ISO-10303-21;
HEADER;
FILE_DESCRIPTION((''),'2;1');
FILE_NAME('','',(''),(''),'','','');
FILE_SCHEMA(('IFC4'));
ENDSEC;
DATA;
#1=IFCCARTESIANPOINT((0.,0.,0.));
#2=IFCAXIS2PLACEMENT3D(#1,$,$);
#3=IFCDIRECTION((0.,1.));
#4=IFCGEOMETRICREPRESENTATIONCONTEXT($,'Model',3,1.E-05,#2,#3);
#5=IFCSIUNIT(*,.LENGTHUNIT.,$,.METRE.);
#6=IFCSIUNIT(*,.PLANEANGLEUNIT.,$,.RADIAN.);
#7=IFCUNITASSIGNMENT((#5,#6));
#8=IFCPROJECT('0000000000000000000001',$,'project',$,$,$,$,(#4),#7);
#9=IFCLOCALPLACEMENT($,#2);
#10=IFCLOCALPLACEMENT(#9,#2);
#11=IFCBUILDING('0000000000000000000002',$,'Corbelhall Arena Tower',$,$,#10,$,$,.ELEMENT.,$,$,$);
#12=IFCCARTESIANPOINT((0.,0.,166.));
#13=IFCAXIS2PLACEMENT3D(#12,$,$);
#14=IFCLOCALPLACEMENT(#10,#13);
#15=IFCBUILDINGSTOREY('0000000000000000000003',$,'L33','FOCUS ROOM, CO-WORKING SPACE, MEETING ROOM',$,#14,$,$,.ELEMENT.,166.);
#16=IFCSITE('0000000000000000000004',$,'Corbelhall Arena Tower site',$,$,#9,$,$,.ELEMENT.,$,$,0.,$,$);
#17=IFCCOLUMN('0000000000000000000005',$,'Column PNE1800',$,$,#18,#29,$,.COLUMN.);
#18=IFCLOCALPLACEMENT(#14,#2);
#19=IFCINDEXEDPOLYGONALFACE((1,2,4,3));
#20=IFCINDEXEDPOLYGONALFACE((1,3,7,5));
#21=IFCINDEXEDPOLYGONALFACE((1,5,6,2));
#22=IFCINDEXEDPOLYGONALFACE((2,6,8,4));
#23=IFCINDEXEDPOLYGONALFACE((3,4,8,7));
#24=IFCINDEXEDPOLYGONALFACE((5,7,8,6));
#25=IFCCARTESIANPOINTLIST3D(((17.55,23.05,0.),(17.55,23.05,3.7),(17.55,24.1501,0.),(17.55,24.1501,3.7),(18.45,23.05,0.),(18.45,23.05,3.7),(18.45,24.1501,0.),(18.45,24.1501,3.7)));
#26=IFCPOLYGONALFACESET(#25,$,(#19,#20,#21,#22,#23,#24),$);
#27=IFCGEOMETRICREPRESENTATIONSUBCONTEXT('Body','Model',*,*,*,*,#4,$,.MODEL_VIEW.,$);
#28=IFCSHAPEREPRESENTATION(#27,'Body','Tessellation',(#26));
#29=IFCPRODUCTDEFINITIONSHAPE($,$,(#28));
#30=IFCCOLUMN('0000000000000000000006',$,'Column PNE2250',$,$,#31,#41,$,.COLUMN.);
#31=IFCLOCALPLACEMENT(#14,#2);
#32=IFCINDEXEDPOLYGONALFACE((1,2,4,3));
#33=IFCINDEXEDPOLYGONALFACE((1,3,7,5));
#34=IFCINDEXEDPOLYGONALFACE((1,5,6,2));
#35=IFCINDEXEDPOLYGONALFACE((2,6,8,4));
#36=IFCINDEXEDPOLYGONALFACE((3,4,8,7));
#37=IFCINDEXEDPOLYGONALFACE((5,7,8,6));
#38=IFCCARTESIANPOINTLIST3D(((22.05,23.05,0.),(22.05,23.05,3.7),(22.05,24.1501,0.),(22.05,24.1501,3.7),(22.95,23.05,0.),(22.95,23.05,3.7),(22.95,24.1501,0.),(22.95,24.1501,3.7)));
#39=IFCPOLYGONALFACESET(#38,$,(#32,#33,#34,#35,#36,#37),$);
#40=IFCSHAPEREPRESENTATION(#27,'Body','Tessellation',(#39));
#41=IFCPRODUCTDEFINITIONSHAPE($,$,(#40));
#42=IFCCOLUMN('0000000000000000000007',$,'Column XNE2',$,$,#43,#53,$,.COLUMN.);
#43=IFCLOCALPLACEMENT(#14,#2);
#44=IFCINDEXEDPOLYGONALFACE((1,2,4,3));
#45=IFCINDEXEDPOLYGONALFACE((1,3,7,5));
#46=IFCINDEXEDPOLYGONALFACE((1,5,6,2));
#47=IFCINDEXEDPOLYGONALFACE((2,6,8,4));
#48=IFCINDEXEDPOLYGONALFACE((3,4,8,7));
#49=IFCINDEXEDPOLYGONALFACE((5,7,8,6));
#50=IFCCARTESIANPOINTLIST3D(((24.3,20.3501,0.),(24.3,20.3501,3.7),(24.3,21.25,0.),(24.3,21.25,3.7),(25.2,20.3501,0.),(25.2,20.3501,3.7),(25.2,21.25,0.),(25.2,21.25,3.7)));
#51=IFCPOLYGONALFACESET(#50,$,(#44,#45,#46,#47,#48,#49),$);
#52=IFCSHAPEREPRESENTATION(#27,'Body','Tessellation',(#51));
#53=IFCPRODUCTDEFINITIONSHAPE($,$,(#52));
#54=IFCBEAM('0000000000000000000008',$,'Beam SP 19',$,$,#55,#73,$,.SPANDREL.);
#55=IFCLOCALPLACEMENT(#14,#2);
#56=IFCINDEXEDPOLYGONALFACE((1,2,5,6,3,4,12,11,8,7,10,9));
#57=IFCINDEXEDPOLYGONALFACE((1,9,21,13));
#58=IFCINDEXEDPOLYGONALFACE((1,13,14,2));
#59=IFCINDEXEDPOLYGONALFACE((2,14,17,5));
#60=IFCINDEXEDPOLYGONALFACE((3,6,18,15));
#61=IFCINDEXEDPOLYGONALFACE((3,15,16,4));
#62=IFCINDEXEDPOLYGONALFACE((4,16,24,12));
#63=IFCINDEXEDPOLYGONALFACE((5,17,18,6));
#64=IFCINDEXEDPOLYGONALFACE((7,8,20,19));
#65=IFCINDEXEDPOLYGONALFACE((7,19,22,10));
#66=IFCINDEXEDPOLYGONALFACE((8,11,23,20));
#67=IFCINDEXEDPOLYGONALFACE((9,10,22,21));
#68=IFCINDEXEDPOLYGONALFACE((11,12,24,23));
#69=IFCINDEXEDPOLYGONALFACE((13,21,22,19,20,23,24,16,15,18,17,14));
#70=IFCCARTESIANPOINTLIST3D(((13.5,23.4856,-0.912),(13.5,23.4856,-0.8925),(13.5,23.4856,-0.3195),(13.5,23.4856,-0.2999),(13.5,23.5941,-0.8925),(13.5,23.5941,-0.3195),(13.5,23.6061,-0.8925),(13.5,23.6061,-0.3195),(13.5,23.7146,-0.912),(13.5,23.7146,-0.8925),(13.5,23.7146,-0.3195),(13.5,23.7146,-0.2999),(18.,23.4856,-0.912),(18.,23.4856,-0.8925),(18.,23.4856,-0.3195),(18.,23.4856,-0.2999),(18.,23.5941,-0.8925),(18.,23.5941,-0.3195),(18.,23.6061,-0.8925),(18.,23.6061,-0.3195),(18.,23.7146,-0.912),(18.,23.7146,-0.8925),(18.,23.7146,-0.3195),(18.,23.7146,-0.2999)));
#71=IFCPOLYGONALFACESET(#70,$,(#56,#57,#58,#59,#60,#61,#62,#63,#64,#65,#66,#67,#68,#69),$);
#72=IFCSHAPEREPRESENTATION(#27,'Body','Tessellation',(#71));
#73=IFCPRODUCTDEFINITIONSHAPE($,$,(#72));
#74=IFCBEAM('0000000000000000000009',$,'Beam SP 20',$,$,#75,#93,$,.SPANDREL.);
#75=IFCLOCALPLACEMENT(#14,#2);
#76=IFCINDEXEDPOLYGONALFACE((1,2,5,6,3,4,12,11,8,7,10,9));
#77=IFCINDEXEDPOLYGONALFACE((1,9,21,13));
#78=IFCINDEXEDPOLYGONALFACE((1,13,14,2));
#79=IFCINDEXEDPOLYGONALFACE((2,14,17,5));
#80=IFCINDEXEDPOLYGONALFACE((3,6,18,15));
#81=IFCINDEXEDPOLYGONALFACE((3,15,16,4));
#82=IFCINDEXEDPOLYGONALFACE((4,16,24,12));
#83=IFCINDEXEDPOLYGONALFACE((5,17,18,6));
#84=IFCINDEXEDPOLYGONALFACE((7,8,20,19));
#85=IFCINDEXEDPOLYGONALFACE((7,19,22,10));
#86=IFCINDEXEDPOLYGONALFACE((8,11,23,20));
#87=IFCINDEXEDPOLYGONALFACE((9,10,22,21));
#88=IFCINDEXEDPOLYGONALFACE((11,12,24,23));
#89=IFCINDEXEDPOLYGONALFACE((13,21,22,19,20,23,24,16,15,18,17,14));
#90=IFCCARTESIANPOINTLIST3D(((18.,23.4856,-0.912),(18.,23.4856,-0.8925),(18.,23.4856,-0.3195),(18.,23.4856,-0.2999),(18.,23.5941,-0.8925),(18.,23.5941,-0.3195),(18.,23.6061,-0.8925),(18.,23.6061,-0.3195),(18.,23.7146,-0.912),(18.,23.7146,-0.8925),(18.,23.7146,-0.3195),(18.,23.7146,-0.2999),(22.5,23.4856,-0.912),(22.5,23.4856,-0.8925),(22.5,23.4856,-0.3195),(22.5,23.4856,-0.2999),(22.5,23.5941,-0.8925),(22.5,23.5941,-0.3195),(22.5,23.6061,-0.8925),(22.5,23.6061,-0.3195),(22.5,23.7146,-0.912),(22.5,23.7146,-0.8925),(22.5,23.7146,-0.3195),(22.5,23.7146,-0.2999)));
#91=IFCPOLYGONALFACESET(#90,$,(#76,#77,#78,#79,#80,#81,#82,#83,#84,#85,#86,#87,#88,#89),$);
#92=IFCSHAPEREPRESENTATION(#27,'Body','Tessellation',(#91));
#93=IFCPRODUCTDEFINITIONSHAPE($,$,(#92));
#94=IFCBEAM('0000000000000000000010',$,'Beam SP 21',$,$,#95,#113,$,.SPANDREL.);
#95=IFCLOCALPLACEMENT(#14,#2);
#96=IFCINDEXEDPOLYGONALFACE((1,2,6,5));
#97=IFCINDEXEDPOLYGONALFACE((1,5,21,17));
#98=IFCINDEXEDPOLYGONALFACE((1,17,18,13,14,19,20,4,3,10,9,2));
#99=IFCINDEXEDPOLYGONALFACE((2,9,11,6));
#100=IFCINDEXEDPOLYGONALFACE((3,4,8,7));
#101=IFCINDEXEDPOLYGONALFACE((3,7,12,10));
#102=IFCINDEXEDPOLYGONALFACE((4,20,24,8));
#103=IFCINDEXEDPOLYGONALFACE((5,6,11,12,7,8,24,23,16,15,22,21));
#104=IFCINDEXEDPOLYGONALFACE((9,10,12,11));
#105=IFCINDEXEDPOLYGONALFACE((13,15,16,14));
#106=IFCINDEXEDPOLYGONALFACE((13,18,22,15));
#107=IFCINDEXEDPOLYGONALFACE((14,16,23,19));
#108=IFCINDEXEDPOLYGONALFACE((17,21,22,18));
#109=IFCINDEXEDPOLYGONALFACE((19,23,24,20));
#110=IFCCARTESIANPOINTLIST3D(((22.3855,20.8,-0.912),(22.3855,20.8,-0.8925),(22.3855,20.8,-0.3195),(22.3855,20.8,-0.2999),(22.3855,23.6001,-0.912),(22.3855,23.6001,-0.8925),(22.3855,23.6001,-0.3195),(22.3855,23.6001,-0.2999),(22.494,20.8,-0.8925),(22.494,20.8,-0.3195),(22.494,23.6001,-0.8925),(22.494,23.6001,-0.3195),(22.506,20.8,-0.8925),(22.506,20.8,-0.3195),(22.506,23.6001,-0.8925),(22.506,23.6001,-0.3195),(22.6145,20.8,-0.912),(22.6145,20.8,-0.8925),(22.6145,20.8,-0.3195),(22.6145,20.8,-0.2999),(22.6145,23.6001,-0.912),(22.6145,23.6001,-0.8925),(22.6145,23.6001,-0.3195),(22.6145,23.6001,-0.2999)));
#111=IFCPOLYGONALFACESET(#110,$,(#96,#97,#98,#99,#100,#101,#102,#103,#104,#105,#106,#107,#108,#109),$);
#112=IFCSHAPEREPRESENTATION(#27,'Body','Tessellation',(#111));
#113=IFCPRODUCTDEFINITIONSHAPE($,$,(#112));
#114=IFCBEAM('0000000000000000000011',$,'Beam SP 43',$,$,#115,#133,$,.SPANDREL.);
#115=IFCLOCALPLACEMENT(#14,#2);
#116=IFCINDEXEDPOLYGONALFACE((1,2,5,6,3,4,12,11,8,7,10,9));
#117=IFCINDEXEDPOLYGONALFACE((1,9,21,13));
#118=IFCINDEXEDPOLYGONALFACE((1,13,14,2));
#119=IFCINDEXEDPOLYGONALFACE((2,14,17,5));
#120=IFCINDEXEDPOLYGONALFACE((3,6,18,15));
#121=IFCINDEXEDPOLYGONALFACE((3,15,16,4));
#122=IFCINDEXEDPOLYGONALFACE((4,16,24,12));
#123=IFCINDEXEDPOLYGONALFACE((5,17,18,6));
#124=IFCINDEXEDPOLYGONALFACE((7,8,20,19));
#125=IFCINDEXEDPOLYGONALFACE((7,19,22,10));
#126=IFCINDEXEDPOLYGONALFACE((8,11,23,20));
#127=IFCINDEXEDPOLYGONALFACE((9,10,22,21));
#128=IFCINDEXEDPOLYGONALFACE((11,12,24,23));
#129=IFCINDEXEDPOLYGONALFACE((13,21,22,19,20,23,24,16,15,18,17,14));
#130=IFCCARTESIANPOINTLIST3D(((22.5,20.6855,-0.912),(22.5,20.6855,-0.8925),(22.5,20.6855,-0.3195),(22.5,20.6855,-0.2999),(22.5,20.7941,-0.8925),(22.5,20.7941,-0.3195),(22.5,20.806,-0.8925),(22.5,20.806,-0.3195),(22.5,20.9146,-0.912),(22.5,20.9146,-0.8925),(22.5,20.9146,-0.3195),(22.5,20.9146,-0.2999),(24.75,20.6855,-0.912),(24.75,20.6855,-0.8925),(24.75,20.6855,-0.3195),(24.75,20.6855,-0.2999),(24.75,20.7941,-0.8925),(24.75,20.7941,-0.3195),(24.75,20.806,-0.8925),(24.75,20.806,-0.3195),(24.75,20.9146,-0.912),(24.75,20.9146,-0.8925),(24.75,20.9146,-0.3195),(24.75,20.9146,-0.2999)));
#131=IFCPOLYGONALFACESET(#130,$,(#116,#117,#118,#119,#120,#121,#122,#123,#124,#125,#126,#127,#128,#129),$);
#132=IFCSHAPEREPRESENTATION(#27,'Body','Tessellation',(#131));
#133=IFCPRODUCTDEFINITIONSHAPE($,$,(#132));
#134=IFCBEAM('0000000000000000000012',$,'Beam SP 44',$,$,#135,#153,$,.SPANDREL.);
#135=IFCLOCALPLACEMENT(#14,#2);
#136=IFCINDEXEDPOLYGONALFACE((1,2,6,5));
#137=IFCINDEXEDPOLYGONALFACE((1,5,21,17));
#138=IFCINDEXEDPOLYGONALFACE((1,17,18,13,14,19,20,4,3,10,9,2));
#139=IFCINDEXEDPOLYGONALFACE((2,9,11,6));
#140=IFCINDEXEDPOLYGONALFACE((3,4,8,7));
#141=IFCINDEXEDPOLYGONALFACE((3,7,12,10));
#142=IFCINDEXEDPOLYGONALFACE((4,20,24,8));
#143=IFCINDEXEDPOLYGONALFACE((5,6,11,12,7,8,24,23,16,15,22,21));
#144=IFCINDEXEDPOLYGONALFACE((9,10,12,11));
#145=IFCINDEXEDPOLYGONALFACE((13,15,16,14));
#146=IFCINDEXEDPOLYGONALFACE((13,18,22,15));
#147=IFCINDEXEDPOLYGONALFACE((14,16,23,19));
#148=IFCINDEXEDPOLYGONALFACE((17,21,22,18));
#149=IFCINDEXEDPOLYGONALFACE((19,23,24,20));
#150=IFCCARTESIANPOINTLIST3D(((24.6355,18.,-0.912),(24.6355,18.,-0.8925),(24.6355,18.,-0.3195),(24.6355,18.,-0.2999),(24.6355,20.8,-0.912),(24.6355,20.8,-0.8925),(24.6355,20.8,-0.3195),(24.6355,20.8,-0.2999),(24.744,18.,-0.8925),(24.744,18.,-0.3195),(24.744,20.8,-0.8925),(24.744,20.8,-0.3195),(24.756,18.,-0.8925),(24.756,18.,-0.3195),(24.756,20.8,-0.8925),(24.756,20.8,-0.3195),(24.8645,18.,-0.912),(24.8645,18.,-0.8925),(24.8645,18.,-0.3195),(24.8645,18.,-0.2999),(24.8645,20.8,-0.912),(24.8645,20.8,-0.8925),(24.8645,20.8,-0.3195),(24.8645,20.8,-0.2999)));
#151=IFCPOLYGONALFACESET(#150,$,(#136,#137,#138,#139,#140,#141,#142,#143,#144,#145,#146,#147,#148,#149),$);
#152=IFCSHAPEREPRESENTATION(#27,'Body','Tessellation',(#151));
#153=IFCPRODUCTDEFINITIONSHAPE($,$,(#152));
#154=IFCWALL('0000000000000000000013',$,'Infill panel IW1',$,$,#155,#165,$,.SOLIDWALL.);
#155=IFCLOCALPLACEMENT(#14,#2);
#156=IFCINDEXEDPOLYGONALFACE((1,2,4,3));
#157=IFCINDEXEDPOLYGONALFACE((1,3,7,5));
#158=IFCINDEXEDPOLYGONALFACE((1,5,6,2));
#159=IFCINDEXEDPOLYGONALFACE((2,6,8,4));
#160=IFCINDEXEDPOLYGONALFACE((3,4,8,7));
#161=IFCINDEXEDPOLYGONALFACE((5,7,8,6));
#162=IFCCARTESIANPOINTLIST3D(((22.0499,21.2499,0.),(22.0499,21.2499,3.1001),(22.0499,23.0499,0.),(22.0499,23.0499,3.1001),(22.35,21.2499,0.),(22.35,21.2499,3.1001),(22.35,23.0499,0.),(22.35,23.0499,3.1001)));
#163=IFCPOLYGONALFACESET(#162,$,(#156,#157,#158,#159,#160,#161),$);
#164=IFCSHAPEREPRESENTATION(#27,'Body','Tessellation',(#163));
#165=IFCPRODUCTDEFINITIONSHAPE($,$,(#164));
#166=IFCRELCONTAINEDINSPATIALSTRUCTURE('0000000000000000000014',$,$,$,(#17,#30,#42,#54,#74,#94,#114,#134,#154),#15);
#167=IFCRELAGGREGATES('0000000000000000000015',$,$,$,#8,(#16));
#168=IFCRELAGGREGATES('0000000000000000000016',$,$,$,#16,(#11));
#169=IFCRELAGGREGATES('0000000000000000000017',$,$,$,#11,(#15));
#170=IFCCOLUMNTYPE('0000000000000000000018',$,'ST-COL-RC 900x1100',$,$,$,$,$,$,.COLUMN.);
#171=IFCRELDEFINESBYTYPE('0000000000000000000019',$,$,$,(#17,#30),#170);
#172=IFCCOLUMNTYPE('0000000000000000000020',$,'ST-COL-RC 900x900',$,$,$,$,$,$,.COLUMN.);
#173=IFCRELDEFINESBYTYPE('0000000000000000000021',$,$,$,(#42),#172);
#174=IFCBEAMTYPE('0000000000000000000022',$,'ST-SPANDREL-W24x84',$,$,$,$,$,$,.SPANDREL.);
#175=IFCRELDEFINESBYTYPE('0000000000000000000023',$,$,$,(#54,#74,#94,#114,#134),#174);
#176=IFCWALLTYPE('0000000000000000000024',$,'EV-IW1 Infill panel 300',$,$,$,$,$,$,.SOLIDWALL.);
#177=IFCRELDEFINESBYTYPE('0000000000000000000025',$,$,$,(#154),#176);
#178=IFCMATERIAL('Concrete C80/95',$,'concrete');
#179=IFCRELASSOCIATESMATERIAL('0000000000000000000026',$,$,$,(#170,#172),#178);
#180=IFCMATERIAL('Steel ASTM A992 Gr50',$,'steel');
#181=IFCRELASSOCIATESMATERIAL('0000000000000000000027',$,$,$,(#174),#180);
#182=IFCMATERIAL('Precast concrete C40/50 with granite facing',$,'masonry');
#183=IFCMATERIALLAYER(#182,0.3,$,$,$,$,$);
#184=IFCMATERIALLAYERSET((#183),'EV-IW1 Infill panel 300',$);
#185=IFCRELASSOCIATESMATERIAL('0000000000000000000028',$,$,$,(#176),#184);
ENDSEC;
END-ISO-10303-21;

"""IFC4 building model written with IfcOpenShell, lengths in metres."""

from ifc_helpers import new_model, si_unit, direction, frame, frame_2d, origin, origin_2d, place, context, subcontext, project, spatial, rectangle, i_section, extrude, material, layer, layer_set, material_profile, profile_set, type_object, element, save


model = new_model("IFC4")

# Units and contexts
model_context = context("Model", 3, precision=1e-05, world=origin(), true_north=direction((0.0, 1.0)))
body_context = subcontext(model_context, "Body", "Model", "MODEL_VIEW")
ifc_project = project(units=[si_unit("LENGTHUNIT", "METRE"), si_unit("PLANEANGLEUNIT", "RADIAN")], contexts=[model_context])

# Site, building, storey
site_placement = place(None, origin())
site = spatial("IfcSite", under=ifc_project, at=site_placement, Name="Corbelhall Arena Tower site", CompositionType="ELEMENT", RefElevation=0.0)
building_placement = place(site_placement, origin())
building = spatial("IfcBuilding", under=site, at=building_placement, Name="Corbelhall Arena Tower", CompositionType="ELEMENT")
storey_placement = place(building_placement, frame((0.0, 0.0, 166.0)))
storey = spatial("IfcBuildingStorey", under=building, at=storey_placement, Name="L33", Description="FOCUS ROOM, CO-WORKING SPACE, MEETING ROOM", CompositionType="ELEMENT", Elevation=166.0)

# Columns
ifc_material_1 = material(Name="Concrete C80/95", Category="concrete")
ifc_material_profile_1 = material_profile(ifc_material_1, rectangle(XDim=0.8999, YDim=1.1001, at=origin_2d()))
ifc_profile_set_1 = profile_set([ifc_material_profile_1], Name="Concrete C80/95")
column_type_1 = type_object("IfcColumnType", Name="ST-COL-RC 900x1100", PredefinedType="COLUMN", material=ifc_profile_set_1)
for number, where, z_axis, x_axis, name in (
    (1, (18.0, 23.6001, 0.0), (0.0, 0.0, 1.0), (1.0, 0.0, 0.0), "Column PNE1800"),
    (2, (22.5, 23.6001, 0.0), (0.0, 0.0, 1.0), (1.0, 0.0, 0.0), "Column PNE2250"),
):
    element("IfcColumn", number, at=place(storey_placement, frame(where, z_axis=z_axis, x_axis=x_axis)), inside=storey, type_object=column_type_1, Name=name, PredefinedType="COLUMN", context=body_context, shape_type="SweptSolid", body=[
        extrude(rectangle(XDim=0.8999, YDim=1.1001, at=origin_2d()), origin(), (0.0, 0.0, 1.0), 3.7),
    ])
ifc_material_profile_2 = material_profile(ifc_material_1, rectangle(XDim=0.8999, YDim=0.8999, at=origin_2d()))
ifc_profile_set_2 = profile_set([ifc_material_profile_2], Name="Concrete C80/95")
column_type_2 = type_object("IfcColumnType", Name="ST-COL-RC 900x900", PredefinedType="COLUMN", material=ifc_profile_set_2)
column_placement = place(storey_placement, frame((24.75, 20.8, 0.0), z_axis=(0.0, 0.0, 1.0), x_axis=(1.0, 0.0, 0.0)))
element("IfcColumn", 3, at=column_placement, inside=storey, type_object=column_type_2, Name="Column XNE2", PredefinedType="COLUMN", context=body_context, shape_type="SweptSolid", body=[
    extrude(rectangle(XDim=0.8999, YDim=0.8999, at=origin_2d()), origin(), (0.0, 0.0, 1.0), 3.7),
])

# Beams
ifc_material_2 = material(Name="Steel ASTM A992 Gr50", Category="steel")
ifc_material_profile_3 = material_profile(ifc_material_2, i_section(OverallWidth=0.229, OverallDepth=0.6121, WebThickness=0.012, FlangeThickness=0.0195, at=origin_2d()))
ifc_profile_set_3 = profile_set([ifc_material_profile_3], Name="Steel ASTM A992 Gr50")
beam_type = type_object("IfcBeamType", Name="ST-SPANDREL-W24x84", PredefinedType="SPANDREL", material=ifc_profile_set_3)
for number, where, z_axis, x_axis, name in (
    (4, (13.5, 23.6001, -0.606), (1.0, 0.0, 0.0), (0.0, 1.0, 0.0), "Beam SP 19"),
    (5, (18.0, 23.6001, -0.606), (1.0, 0.0, 0.0), (0.0, 1.0, 0.0), "Beam SP 20"),
):
    element("IfcBeam", number, at=place(storey_placement, frame(where, z_axis=z_axis, x_axis=x_axis)), inside=storey, type_object=beam_type, Name=name, PredefinedType="SPANDREL", context=body_context, shape_type="SweptSolid", body=[
        extrude(i_section(OverallWidth=0.229, OverallDepth=0.6121, WebThickness=0.012, FlangeThickness=0.0195, at=origin_2d()), origin(), (0.0, 0.0, 1.0), 4.5),
    ])
beam_1_placement = place(storey_placement, frame((22.5, 23.6001, -0.606), z_axis=(0.0, -1.0, 0.0), x_axis=(1.0, 0.0, 0.0)))
element("IfcBeam", 6, at=beam_1_placement, inside=storey, type_object=beam_type, Name="Beam SP 21", PredefinedType="SPANDREL", context=body_context, shape_type="SweptSolid", body=[
    extrude(i_section(OverallWidth=0.229, OverallDepth=0.6121, WebThickness=0.012, FlangeThickness=0.0195, at=origin_2d()), origin(), (0.0, 0.0, 1.0), 2.8),
])
beam_2_placement = place(storey_placement, frame((22.5, 20.8, -0.606), z_axis=(1.0, 0.0, 0.0), x_axis=(0.0, 1.0, 0.0)))
element("IfcBeam", 7, at=beam_2_placement, inside=storey, type_object=beam_type, Name="Beam SP 43", PredefinedType="SPANDREL", context=body_context, shape_type="SweptSolid", body=[
    extrude(i_section(OverallWidth=0.229, OverallDepth=0.6121, WebThickness=0.012, FlangeThickness=0.0195, at=origin_2d()), origin(), (0.0, 0.0, 1.0), 2.25),
])
beam_3_placement = place(storey_placement, frame((24.75, 20.8, -0.606), z_axis=(0.0, -1.0, 0.0), x_axis=(1.0, 0.0, 0.0)))
element("IfcBeam", 8, at=beam_3_placement, inside=storey, type_object=beam_type, Name="Beam SP 44", PredefinedType="SPANDREL", context=body_context, shape_type="SweptSolid", body=[
    extrude(i_section(OverallWidth=0.229, OverallDepth=0.6121, WebThickness=0.012, FlangeThickness=0.0195, at=origin_2d()), origin(), (0.0, 0.0, 1.0), 2.8),
])

# Wall
ifc_material_3 = material(Name="Precast concrete C40/50 with granite facing", Category="masonry")
ifc_layer_1 = layer(ifc_material_3, 0.3)
ifc_layer_set_1 = layer_set([ifc_layer_1], Name="EV-IW1 Infill panel 300")
wall_type_1 = type_object("IfcWallType", Name="EV-IW1 Infill panel 300", PredefinedType="SOLIDWALL", material=ifc_layer_set_1)
wall_1_placement = place(storey_placement, frame((22.2, 21.25, 0.0), z_axis=(0.0, 0.0, 1.0), x_axis=(0.0, 1.0, 0.0)))
element("IfcWall", 9, at=wall_1_placement, inside=storey, type_object=wall_type_1, Name="Infill panel IW1", PredefinedType="SOLIDWALL", context=body_context, shape_type="SweptSolid", body=[
    extrude(rectangle(XDim=1.8, YDim=0.3, at=frame_2d((0.8999, 0.0))), origin(), (0.0, 0.0, 1.0), 3.1001),
])

save(model, "model.ifc")
